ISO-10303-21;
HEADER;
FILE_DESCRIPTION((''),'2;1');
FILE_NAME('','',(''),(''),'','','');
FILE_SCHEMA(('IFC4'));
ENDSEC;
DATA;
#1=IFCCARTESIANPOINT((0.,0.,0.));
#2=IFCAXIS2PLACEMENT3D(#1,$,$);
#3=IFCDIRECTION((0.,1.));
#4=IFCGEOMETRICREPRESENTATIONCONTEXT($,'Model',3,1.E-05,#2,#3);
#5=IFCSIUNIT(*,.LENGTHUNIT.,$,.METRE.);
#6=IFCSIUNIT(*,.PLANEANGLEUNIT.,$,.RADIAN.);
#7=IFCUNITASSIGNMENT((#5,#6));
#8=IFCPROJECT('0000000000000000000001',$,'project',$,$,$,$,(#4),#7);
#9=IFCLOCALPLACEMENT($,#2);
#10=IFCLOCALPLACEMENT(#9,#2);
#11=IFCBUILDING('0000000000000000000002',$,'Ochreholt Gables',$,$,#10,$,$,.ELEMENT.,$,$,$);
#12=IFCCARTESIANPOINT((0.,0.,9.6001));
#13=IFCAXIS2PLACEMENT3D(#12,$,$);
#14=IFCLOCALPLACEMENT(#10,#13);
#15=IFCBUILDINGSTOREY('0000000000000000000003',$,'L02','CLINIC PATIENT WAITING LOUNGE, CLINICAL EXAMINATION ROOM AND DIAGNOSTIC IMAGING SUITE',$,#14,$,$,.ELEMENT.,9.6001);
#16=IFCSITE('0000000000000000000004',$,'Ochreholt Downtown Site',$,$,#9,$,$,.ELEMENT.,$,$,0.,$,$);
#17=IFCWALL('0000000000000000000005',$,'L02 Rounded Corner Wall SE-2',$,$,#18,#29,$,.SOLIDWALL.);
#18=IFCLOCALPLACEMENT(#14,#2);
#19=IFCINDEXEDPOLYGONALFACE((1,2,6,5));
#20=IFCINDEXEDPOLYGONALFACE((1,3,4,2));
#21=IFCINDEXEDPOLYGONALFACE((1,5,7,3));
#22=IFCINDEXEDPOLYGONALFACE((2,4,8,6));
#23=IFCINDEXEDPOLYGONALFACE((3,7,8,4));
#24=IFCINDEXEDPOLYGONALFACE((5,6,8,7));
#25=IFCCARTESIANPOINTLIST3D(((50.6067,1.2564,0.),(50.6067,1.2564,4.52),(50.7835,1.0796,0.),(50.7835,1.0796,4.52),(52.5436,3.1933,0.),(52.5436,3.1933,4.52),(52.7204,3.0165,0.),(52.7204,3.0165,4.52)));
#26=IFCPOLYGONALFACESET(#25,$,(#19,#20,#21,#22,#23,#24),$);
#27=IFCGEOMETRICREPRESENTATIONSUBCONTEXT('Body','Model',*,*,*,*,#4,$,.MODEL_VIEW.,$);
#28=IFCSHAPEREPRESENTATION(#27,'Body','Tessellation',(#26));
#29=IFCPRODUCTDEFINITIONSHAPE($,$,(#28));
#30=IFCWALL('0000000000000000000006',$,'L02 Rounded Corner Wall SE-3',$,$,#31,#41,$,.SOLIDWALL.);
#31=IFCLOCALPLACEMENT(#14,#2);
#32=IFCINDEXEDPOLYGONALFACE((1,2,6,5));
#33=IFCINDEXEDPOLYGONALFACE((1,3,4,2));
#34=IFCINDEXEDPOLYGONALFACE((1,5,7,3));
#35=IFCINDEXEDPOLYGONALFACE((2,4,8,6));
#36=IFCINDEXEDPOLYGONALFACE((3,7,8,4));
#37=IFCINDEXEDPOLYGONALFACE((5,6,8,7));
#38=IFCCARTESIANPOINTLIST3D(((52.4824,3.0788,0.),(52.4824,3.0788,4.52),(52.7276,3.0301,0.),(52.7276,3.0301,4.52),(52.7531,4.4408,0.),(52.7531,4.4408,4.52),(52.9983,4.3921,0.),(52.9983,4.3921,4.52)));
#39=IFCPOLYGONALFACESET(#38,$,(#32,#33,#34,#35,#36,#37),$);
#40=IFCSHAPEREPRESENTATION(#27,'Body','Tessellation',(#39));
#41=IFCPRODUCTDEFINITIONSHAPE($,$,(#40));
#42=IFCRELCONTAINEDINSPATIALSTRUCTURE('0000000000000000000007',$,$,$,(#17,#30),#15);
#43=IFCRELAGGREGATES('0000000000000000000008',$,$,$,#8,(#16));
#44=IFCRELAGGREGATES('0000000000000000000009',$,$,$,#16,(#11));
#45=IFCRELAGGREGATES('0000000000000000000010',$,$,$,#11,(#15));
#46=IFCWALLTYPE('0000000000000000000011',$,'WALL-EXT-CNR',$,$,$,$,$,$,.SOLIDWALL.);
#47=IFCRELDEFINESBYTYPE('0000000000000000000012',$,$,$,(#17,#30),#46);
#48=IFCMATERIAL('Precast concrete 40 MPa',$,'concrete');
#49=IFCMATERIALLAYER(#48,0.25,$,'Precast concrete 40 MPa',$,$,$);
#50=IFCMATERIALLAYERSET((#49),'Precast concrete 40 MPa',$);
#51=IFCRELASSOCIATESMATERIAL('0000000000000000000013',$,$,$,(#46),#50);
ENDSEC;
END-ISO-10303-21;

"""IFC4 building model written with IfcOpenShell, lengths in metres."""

from ifc_helpers import new_model, si_unit, direction, frame, frame_2d, origin, place, context, subcontext, project, spatial, rectangle, extrude, material, layer, layer_set, type_object, element, save


model = new_model("IFC4")

# Units and contexts
model_context = context("Model", 3, precision=1e-05, world=origin(), true_north=direction((0.0, 1.0)))
body_context = subcontext(model_context, "Body", "Model", "MODEL_VIEW")
ifc_project = project(units=[si_unit("LENGTHUNIT", "METRE"), si_unit("PLANEANGLEUNIT", "RADIAN")], contexts=[model_context])

# Site, building, storey
site_placement = place(None, origin())
site = spatial("IfcSite", under=ifc_project, at=site_placement, Name="Ochreholt Downtown Site", CompositionType="ELEMENT", RefElevation=0.0)
building_placement = place(site_placement, origin())
building = spatial("IfcBuilding", under=site, at=building_placement, Name="Ochreholt Gables", CompositionType="ELEMENT")
storey_placement = place(building_placement, frame((0.0, 0.0, 9.6001)))
storey = spatial("IfcBuildingStorey", under=building, at=storey_placement, Name="L02", Description="CLINIC PATIENT WAITING LOUNGE, CLINICAL EXAMINATION ROOM AND DIAGNOSTIC IMAGING SUITE", CompositionType="ELEMENT", Elevation=9.6001)

# Shared definitions
ifc_material_1 = material(Name="Precast concrete 40 MPa", Category="concrete")

# Walls
ifc_layer_1 = layer(ifc_material_1, 0.25, Name="Precast concrete 40 MPa")
ifc_layer_set_1 = layer_set([ifc_layer_1], Name="Precast concrete 40 MPa")
wall_type_1 = type_object("IfcWallType", Name="WALL-EXT-CNR", PredefinedType="SOLIDWALL", material=ifc_layer_set_1)
wall_1_placement = place(storey_placement, frame((50.6951, 1.168, 0.0), z_axis=(0.0, 0.0, 1.0), x_axis=(0.707107, 0.707107, 0.0)))
element("IfcWall", 1, at=wall_1_placement, inside=storey, type_object=wall_type_1, Name="L02 Rounded Corner Wall SE-2", PredefinedType="SOLIDWALL", context=body_context, shape_type="SweptSolid", body=[
    extrude(rectangle(XDim=2.7393, YDim=0.25, at=frame_2d((1.3696, 0.0))), origin(), (0.0, 0.0, 1.0), 4.52),
])
wall_2_placement = place(storey_placement, frame((52.605, 3.0544, 0.0), z_axis=(0.0, 0.0, 1.0), x_axis=(0.194967, 0.98081, 0.0)))
element("IfcWall", 2, at=wall_2_placement, inside=storey, type_object=wall_type_1, Name="L02 Rounded Corner Wall SE-3", PredefinedType="SOLIDWALL", context=body_context, shape_type="SweptSolid", body=[
    extrude(rectangle(XDim=1.3887, YDim=0.25, at=frame_2d((0.6943, 0.0))), origin(), (0.0, 0.0, 1.0), 4.52),
])

save(model, "model.ifc")
